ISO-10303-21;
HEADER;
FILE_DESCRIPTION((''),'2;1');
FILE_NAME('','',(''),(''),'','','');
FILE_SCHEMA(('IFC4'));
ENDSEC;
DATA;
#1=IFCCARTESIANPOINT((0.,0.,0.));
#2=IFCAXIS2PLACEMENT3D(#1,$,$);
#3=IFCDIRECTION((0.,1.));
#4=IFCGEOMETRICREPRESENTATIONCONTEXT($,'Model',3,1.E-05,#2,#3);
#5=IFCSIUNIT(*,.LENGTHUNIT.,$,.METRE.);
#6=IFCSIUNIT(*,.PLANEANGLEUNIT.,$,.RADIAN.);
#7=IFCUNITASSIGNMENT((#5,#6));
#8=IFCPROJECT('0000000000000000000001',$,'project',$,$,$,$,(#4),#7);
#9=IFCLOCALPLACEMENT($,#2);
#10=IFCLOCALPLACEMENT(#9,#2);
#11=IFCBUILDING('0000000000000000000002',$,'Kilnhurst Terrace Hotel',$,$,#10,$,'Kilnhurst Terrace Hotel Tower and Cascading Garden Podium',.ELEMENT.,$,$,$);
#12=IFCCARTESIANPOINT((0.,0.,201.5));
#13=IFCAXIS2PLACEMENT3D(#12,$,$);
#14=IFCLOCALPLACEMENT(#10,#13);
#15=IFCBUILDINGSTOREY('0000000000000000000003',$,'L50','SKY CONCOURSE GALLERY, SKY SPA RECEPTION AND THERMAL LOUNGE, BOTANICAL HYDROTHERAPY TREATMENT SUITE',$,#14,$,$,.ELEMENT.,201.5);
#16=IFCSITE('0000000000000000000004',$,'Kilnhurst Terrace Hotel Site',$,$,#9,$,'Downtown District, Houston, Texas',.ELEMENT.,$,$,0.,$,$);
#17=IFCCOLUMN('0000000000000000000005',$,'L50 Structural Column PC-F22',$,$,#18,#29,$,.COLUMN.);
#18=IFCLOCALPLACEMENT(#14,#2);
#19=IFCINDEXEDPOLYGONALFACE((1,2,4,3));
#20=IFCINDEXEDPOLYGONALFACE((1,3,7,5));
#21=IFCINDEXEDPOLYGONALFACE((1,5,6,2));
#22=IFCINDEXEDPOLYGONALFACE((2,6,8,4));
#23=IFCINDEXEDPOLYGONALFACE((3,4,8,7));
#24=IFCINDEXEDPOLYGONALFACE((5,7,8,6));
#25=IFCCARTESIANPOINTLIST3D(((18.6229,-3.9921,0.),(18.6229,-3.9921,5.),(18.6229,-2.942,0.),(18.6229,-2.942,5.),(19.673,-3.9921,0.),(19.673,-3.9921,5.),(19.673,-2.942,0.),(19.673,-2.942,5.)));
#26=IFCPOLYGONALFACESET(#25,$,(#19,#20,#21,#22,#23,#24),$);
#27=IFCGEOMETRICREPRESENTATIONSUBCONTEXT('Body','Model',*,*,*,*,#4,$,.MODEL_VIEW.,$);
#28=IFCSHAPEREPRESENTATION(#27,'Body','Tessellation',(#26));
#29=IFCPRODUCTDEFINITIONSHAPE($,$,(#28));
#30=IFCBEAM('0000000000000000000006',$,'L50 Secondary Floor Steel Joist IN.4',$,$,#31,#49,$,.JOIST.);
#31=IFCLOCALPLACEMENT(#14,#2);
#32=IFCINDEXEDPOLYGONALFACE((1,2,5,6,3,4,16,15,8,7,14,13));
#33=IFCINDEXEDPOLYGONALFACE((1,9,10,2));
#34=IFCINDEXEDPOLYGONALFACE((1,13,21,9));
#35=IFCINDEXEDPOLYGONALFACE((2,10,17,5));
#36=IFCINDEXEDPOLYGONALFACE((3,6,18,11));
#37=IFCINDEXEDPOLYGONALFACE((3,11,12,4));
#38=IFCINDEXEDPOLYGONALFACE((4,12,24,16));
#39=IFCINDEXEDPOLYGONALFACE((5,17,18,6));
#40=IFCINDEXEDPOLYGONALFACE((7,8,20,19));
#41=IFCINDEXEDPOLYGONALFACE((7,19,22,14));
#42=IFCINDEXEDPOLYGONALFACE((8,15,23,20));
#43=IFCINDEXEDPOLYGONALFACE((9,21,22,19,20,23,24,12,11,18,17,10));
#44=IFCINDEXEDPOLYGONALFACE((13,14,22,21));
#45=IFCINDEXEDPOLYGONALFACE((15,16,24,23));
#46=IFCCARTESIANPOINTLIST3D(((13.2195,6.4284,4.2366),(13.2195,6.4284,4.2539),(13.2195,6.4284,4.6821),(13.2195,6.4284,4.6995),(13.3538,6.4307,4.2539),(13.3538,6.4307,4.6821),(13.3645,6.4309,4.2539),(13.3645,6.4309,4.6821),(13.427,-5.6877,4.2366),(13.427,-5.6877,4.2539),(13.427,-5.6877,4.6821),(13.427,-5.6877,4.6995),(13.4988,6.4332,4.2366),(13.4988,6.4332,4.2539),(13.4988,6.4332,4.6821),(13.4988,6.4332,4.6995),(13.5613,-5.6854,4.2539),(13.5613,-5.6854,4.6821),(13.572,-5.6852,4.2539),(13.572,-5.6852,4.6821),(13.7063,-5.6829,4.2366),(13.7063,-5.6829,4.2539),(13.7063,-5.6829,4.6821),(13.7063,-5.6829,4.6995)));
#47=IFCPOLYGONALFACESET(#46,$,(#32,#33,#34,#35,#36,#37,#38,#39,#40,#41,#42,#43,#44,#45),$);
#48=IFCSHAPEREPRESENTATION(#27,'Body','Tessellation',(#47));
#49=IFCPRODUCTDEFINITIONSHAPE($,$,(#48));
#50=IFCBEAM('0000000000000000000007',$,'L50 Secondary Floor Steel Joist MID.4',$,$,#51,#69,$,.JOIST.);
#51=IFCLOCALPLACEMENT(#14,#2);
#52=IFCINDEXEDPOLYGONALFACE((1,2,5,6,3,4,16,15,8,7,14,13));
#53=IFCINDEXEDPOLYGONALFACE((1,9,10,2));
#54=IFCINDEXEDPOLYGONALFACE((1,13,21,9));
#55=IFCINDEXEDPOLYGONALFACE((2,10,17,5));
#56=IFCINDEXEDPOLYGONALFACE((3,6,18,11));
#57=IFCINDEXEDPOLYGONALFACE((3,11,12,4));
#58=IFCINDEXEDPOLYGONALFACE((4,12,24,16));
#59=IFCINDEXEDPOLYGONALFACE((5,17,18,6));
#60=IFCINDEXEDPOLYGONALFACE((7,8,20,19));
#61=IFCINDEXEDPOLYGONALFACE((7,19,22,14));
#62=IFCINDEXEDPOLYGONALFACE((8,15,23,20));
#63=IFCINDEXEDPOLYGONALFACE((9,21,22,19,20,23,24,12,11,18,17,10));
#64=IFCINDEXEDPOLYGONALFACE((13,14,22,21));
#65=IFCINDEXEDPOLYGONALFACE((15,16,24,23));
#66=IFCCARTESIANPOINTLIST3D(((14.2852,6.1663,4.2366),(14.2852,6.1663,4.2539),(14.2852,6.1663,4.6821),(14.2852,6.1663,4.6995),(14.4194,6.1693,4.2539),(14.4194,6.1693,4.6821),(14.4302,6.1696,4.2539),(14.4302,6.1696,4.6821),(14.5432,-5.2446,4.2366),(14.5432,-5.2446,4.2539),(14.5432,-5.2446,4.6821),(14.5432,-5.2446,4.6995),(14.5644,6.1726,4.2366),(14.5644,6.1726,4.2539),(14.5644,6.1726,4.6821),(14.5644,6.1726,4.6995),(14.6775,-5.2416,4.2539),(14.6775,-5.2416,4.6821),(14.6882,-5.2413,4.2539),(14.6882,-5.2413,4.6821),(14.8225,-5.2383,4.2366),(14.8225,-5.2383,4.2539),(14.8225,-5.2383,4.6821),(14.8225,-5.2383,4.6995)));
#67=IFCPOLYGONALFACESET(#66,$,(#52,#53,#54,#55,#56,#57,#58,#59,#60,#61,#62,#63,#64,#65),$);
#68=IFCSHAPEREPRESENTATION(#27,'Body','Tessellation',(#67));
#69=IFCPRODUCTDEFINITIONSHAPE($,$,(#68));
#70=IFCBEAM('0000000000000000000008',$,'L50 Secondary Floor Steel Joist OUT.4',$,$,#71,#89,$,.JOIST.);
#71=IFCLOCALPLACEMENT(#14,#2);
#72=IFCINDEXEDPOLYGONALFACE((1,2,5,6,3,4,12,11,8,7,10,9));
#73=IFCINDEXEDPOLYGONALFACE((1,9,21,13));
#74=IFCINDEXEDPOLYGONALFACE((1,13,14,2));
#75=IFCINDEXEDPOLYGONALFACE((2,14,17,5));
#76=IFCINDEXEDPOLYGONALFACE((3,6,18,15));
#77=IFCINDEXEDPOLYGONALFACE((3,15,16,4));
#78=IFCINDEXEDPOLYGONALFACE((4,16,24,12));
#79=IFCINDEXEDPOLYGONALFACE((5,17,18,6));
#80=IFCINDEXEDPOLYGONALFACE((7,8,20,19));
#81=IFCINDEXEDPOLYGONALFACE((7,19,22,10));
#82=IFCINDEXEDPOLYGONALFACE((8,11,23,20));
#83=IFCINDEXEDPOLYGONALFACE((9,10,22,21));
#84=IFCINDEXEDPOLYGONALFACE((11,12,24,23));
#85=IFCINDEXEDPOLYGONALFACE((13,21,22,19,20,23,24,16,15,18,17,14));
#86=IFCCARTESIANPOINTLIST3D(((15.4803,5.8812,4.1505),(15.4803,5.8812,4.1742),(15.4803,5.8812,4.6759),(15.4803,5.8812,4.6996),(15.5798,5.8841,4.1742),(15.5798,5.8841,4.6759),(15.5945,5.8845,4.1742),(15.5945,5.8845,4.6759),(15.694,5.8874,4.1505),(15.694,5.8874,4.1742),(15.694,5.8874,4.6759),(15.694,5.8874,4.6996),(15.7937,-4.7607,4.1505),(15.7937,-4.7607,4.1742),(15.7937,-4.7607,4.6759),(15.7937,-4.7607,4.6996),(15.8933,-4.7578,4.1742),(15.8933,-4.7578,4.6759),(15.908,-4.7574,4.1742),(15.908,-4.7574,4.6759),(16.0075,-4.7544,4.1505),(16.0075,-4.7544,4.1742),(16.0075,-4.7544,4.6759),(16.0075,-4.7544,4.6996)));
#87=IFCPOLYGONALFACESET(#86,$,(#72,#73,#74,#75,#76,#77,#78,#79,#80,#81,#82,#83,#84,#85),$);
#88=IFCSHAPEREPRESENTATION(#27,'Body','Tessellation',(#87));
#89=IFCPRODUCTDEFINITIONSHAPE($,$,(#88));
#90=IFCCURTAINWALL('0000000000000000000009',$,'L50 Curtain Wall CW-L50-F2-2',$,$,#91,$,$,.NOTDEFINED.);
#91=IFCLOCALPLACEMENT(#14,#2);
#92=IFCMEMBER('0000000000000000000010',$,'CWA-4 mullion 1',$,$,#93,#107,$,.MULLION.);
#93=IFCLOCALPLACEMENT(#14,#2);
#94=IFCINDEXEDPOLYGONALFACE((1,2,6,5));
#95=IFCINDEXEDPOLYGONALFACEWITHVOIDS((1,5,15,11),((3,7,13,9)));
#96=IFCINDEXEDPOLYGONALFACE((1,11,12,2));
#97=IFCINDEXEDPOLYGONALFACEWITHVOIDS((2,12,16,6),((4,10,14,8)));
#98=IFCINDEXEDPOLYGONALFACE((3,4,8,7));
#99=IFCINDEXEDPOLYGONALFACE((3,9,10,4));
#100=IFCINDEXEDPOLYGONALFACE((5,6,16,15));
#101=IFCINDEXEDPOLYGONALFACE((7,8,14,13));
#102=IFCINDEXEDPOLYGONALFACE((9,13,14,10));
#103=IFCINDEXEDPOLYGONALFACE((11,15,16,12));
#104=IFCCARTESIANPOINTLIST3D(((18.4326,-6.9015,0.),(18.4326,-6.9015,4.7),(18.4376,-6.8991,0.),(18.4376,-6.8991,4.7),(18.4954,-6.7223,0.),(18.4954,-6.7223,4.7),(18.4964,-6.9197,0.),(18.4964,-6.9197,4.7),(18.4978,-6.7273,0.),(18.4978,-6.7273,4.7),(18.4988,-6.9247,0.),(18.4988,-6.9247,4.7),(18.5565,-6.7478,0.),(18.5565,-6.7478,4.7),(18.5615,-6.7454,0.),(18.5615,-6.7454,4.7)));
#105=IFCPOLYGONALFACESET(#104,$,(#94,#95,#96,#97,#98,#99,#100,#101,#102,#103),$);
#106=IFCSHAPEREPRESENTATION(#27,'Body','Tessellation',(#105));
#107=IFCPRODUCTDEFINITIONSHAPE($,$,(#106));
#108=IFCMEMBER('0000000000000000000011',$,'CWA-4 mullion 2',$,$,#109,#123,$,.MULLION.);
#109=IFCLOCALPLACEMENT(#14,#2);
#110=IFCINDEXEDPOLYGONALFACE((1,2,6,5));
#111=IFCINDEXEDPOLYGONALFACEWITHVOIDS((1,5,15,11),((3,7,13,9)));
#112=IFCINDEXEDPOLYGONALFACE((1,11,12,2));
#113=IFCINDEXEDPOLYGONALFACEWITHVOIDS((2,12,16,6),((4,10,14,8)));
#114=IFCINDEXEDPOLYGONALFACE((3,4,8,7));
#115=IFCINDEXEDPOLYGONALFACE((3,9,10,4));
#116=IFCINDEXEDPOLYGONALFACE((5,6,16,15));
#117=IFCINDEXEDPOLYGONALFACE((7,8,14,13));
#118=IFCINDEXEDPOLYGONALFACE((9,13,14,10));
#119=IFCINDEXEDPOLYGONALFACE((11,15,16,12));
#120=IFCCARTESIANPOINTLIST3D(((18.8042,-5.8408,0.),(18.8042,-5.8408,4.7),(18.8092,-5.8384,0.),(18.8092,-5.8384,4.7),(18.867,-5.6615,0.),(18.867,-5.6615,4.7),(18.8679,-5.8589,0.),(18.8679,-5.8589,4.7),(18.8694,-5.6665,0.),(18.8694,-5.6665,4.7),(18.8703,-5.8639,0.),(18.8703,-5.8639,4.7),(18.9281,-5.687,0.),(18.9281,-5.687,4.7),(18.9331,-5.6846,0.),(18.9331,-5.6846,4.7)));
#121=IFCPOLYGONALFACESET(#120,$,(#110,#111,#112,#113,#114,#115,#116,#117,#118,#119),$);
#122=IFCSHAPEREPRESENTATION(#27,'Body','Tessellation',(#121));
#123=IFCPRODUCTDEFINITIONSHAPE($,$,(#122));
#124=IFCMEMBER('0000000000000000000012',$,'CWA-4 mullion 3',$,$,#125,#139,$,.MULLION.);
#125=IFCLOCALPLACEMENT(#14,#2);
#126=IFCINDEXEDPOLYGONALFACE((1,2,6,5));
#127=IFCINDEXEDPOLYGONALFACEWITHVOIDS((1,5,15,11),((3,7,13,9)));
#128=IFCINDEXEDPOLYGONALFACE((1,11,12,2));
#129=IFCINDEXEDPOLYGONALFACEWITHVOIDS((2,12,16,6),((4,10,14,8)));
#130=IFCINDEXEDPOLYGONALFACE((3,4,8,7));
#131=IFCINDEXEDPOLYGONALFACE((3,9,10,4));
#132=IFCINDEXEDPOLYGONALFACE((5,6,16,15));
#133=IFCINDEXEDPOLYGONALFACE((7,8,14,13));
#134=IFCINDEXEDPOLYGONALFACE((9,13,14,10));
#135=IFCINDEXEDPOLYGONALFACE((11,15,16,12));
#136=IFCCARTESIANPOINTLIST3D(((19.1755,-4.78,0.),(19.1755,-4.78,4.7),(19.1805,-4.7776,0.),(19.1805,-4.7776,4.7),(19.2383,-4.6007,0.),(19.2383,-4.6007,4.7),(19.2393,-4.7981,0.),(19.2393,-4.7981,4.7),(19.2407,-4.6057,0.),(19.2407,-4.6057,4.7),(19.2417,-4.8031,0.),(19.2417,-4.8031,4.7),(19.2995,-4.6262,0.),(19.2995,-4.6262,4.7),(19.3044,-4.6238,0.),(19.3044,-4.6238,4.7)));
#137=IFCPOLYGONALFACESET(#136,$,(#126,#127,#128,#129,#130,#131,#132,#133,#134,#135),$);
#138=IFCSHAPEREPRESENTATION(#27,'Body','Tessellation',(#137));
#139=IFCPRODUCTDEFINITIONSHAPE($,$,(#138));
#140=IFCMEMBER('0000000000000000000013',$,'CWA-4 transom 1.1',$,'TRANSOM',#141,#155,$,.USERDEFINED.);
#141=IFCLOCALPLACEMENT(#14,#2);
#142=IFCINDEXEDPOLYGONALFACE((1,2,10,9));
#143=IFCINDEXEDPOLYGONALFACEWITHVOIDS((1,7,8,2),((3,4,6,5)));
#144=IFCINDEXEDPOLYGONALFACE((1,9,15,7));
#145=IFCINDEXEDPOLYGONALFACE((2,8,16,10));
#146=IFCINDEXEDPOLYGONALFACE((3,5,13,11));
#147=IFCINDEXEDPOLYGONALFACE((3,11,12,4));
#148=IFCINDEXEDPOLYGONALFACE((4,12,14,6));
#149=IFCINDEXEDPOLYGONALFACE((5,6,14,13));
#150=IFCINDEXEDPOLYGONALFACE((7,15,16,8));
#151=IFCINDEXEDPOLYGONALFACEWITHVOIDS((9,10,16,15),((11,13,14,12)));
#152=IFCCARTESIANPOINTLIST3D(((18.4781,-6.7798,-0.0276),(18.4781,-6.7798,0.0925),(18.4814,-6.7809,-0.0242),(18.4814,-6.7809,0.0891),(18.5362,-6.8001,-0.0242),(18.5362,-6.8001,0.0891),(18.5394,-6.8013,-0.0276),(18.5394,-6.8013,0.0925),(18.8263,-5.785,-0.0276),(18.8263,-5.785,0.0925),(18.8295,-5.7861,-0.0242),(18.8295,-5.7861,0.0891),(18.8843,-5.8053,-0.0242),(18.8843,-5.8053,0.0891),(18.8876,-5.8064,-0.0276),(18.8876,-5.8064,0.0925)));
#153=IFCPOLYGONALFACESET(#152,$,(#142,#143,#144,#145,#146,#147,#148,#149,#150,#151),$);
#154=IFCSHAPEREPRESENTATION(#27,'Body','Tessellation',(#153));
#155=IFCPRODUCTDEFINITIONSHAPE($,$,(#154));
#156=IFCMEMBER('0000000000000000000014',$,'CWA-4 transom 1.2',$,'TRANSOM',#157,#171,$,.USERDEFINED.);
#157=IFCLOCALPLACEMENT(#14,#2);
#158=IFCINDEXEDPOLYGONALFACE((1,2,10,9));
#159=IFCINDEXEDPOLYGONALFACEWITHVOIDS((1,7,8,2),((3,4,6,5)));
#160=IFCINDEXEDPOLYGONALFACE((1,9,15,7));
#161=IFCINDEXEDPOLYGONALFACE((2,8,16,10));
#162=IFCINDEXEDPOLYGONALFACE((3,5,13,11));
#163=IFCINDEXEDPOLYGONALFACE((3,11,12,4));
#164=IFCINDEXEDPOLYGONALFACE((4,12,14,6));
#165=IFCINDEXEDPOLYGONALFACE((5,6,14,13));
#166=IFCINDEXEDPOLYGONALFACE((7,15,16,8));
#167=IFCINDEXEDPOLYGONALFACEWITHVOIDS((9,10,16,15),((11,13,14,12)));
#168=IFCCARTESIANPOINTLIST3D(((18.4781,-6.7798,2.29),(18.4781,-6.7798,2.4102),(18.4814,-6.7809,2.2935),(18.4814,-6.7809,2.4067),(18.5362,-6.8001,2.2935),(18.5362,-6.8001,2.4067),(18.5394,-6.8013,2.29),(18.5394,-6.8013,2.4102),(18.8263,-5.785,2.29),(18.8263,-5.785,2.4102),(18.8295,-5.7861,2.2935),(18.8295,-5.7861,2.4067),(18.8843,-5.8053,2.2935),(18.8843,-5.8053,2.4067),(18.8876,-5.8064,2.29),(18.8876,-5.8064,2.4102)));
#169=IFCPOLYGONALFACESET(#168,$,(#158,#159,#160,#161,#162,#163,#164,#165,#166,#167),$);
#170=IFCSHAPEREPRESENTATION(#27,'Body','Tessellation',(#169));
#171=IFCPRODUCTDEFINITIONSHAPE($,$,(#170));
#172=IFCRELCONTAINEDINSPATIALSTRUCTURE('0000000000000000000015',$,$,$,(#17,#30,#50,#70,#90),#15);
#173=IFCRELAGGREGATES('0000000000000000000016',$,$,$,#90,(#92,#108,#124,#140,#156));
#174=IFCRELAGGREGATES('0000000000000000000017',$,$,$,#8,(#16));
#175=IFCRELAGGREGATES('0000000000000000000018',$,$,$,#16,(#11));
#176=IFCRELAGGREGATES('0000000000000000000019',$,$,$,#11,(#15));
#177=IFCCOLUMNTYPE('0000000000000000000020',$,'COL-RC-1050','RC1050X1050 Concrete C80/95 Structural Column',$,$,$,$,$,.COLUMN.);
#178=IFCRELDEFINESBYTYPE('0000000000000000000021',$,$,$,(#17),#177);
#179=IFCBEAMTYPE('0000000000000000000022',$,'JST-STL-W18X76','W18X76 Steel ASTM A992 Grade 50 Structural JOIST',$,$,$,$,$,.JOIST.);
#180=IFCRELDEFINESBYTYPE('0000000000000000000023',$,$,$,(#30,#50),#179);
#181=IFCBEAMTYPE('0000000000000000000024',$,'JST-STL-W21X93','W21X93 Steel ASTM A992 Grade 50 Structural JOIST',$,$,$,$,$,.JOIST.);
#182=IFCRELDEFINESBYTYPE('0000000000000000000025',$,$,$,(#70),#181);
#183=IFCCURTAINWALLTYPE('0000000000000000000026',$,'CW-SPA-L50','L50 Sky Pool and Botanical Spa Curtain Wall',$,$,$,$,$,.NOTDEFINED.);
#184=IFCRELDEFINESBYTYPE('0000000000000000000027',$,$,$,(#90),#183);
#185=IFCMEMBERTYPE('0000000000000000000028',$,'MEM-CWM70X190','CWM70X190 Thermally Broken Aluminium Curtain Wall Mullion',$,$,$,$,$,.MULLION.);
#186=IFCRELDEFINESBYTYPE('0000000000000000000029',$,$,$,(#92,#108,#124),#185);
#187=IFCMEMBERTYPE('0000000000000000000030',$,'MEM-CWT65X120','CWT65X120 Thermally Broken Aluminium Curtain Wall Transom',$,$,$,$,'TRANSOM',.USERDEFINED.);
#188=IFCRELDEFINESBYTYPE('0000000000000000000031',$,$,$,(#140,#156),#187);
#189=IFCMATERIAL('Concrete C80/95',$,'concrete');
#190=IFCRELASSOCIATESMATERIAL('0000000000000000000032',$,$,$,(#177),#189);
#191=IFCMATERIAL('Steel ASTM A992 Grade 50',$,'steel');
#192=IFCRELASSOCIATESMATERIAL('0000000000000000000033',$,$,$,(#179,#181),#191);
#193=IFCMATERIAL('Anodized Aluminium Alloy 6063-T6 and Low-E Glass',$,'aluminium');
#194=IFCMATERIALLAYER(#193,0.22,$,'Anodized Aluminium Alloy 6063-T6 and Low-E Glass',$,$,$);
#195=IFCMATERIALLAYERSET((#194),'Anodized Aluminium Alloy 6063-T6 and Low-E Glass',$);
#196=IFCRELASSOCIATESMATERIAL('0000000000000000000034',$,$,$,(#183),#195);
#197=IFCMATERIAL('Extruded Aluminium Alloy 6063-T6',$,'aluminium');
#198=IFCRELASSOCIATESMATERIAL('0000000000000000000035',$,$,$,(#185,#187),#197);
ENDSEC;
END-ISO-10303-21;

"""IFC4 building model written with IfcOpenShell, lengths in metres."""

from ifc_helpers import new_model, si_unit, direction, frame, origin, origin_2d, place, context, subcontext, project, spatial, rectangle, hollow_rectangle, i_section, extrude, material, layer, layer_set, material_profile, profile_set, type_object, element, aggregate, save


model = new_model("IFC4")

# Units and contexts
model_context = context("Model", 3, precision=1e-05, world=origin(), true_north=direction((0.0, 1.0)))
body_context = subcontext(model_context, "Body", "Model", "MODEL_VIEW")
ifc_project = project(units=[si_unit("LENGTHUNIT", "METRE"), si_unit("PLANEANGLEUNIT", "RADIAN")], contexts=[model_context])

# Site, building, storey
site_placement = place(None, origin())
site = spatial("IfcSite", under=ifc_project, at=site_placement, Name="Kilnhurst Terrace Hotel Site", LongName="Downtown District, Houston, Texas", CompositionType="ELEMENT", RefElevation=0.0)
building_placement = place(site_placement, origin())
building = spatial("IfcBuilding", under=site, at=building_placement, Name="Kilnhurst Terrace Hotel", LongName="Kilnhurst Terrace Hotel Tower and Cascading Garden Podium", CompositionType="ELEMENT")
storey_placement = place(building_placement, frame((0.0, 0.0, 201.5)))
storey = spatial("IfcBuildingStorey", under=building, at=storey_placement, Name="L50", Description="SKY CONCOURSE GALLERY, SKY SPA RECEPTION AND THERMAL LOUNGE, BOTANICAL HYDROTHERAPY TREATMENT SUITE", CompositionType="ELEMENT", Elevation=201.5)

# Column
ifc_material_1 = material(Name="Concrete C80/95", Category="concrete")
ifc_material_profile_1 = material_profile(ifc_material_1, rectangle(XDim=1.05, YDim=1.05, at=origin_2d()), Name="RC1050X1050")
ifc_profile_set_1 = profile_set([ifc_material_profile_1], Name="Concrete C80/95")
column_type = type_object("IfcColumnType", Name="COL-RC-1050", Description="RC1050X1050 Concrete C80/95 Structural Column", PredefinedType="COLUMN", material=ifc_profile_set_1)
column_placement = place(storey_placement, frame((19.1479, -3.467, 0.0), z_axis=(0.0, 0.0, 1.0), x_axis=(1.0, 0.0, 0.0)))
element("IfcColumn", 1, at=column_placement, inside=storey, type_object=column_type, Name="L50 Structural Column PC-F22", PredefinedType="COLUMN", context=body_context, shape_type="SweptSolid", body=[
    extrude(rectangle(XDim=1.05, YDim=1.05, at=origin_2d()), origin(), (0.0, 0.0, 1.0), 5.0),
])

# Beams
ifc_material_2 = material(Name="Steel ASTM A992 Grade 50", Category="steel")
ifc_material_profile_2 = material_profile(ifc_material_2, i_section(OverallWidth=0.2793, OverallDepth=0.4629, WebThickness=0.0107, FlangeThickness=0.0173, at=origin_2d()), Name="W18X76")
ifc_profile_set_2 = profile_set([ifc_material_profile_2], Name="Steel ASTM A992 Grade 50")
beam_type_1 = type_object("IfcBeamType", Name="JST-STL-W18X76", Description="W18X76 Steel ASTM A992 Grade 50 Structural JOIST", PredefinedType="JOIST", material=ifc_profile_set_2)
beam_1_placement = place(storey_placement, frame((13.5667, -5.6853, 4.468), z_axis=(-0.017125, 0.999853, 0.0), x_axis=(-0.999853, -0.017125, 0.0)))
element("IfcBeam", 2, at=beam_1_placement, inside=storey, type_object=beam_type_1, Name="L50 Secondary Floor Steel Joist IN.4", PredefinedType="JOIST", context=body_context, shape_type="SweptSolid", body=[
    extrude(i_section(OverallWidth=0.2793, OverallDepth=0.4629, WebThickness=0.0107, FlangeThickness=0.0173, at=origin_2d()), origin(), (0.0, 0.0, 1.0), 12.1179),
])
beam_2_placement = place(storey_placement, frame((14.6829, -5.2415, 4.468), z_axis=(-0.022609, 0.999744, 0.0), x_axis=(-0.999744, -0.022609, 0.0)))
element("IfcBeam", 3, at=beam_2_placement, inside=storey, type_object=beam_type_1, Name="L50 Secondary Floor Steel Joist MID.4", PredefinedType="JOIST", context=body_context, shape_type="SweptSolid", body=[
    extrude(i_section(OverallWidth=0.2793, OverallDepth=0.4629, WebThickness=0.0107, FlangeThickness=0.0173, at=origin_2d()), origin(), (0.0, 0.0, 1.0), 11.4138),
])
ifc_material_profile_3 = material_profile(ifc_material_2, i_section(OverallWidth=0.2139, OverallDepth=0.5491, WebThickness=0.0146, FlangeThickness=0.0237, at=origin_2d()), Name="W21X93")
ifc_profile_set_3 = profile_set([ifc_material_profile_3], Name="Steel ASTM A992 Grade 50")
beam_type_2 = type_object("IfcBeamType", Name="JST-STL-W21X93", Description="W21X93 Steel ASTM A992 Grade 50 Structural JOIST", PredefinedType="JOIST", material=ifc_profile_set_3)
beam_3_placement = place(storey_placement, frame((15.9006, -4.7576, 4.425), z_axis=(-0.029444, 0.999566, 0.0), x_axis=(-0.999566, -0.029444, 0.0)))
element("IfcBeam", 4, at=beam_3_placement, inside=storey, type_object=beam_type_2, Name="L50 Secondary Floor Steel Joist OUT.4", PredefinedType="JOIST", context=body_context, shape_type="SweptSolid", body=[
    extrude(i_section(OverallWidth=0.2139, OverallDepth=0.5491, WebThickness=0.0146, FlangeThickness=0.0237, at=origin_2d()), origin(), (0.0, 0.0, 1.0), 10.6465),
])

# Curtain wall, members
ifc_material_3 = material(Name="Anodized Aluminium Alloy 6063-T6 and Low-E Glass", Category="aluminium")
ifc_layer_1 = layer(ifc_material_3, 0.22, Name="Anodized Aluminium Alloy 6063-T6 and Low-E Glass")
ifc_layer_set_1 = layer_set([ifc_layer_1], Name="Anodized Aluminium Alloy 6063-T6 and Low-E Glass")
curtain_wall_type = type_object("IfcCurtainWallType", Name="CW-SPA-L50", Description="L50 Sky Pool and Botanical Spa Curtain Wall", PredefinedType="NOTDEFINED", material=ifc_layer_set_1)
curtain_wall_placement = place(storey_placement, origin())
curtain_wall = element("IfcCurtainWall", 5, at=curtain_wall_placement, inside=storey, type_object=curtain_wall_type, Name="L50 Curtain Wall CW-L50-F2-2", PredefinedType="NOTDEFINED")
ifc_material_4 = material(Name="Extruded Aluminium Alloy 6063-T6", Category="aluminium")
ifc_material_profile_4 = material_profile(ifc_material_4, hollow_rectangle(XDim=0.0701, YDim=0.1899, WallThickness=0.0039, at=origin_2d()), Name="CWM70X190")
ifc_profile_set_4 = profile_set([ifc_material_profile_4], Name="Extruded Aluminium Alloy 6063-T6")
member_type_1 = type_object("IfcMemberType", Name="MEM-CWM70X190", Description="CWM70X190 Thermally Broken Aluminium Curtain Wall Mullion", PredefinedType="MULLION", material=ifc_profile_set_4)
member_1_placement = place(storey_placement, frame((18.4971, -6.8235, 0.0), z_axis=(0.0, 0.0, 1.0), x_axis=(-0.943822, 0.330454, 0.0)))
member_1 = element("IfcMember", 6, at=member_1_placement, type_object=member_type_1, Name="CWA-4 mullion 1", PredefinedType="MULLION", context=body_context, shape_type="SweptSolid", body=[
    extrude(hollow_rectangle(XDim=0.0701, YDim=0.1899, WallThickness=0.0039, at=origin_2d()), origin(), (0.0, 0.0, 1.0), 4.7),
])
member_2_placement = place(storey_placement, frame((18.8687, -5.7627, 0.0), z_axis=(0.0, 0.0, 1.0), x_axis=(-0.943822, 0.330454, 0.0)))
member_2 = element("IfcMember", 7, at=member_2_placement, type_object=member_type_1, Name="CWA-4 mullion 2", PredefinedType="MULLION", context=body_context, shape_type="SweptSolid", body=[
    extrude(hollow_rectangle(XDim=0.0701, YDim=0.1899, WallThickness=0.0039, at=origin_2d()), origin(), (0.0, 0.0, 1.0), 4.7),
])
member_3_placement = place(storey_placement, frame((19.24, -4.7019, 0.0), z_axis=(0.0, 0.0, 1.0), x_axis=(-0.943822, 0.330454, 0.0)))
member_3 = element("IfcMember", 8, at=member_3_placement, type_object=member_type_1, Name="CWA-4 mullion 3", PredefinedType="MULLION", context=body_context, shape_type="SweptSolid", body=[
    extrude(hollow_rectangle(XDim=0.0701, YDim=0.1899, WallThickness=0.0039, at=origin_2d()), origin(), (0.0, 0.0, 1.0), 4.7),
])
ifc_material_profile_5 = material_profile(ifc_material_4, hollow_rectangle(XDim=0.0649, YDim=0.1201, WallThickness=0.0034, at=origin_2d()), Name="CWT65X120")
ifc_profile_set_5 = profile_set([ifc_material_profile_5], Name="Extruded Aluminium Alloy 6063-T6")
member_type_2 = type_object("IfcMemberType", Name="MEM-CWT65X120", Description="CWT65X120 Thermally Broken Aluminium Curtain Wall Transom", ElementType="TRANSOM", PredefinedType="USERDEFINED", material=ifc_profile_set_5)
member_4_placement = place(storey_placement, frame((18.5088, -6.7905, 0.0325), z_axis=(0.330299, 0.943876, 0.0), x_axis=(-0.943876, 0.330299, 0.0)))
member_4 = element("IfcMember", 9, at=member_4_placement, type_object=member_type_2, Name="CWA-4 transom 1.1", ObjectType="TRANSOM", PredefinedType="USERDEFINED", context=body_context, shape_type="SweptSolid", body=[
    extrude(hollow_rectangle(XDim=0.0649, YDim=0.1201, WallThickness=0.0034, at=origin_2d()), origin(), (0.0, 0.0, 1.0), 1.054),
])
member_5_placement = place(storey_placement, frame((18.5088, -6.7905, 2.3501), z_axis=(0.330299, 0.943876, 0.0), x_axis=(-0.943876, 0.330299, 0.0)))
member_5 = element("IfcMember", 10, at=member_5_placement, type_object=member_type_2, Name="CWA-4 transom 1.2", ObjectType="TRANSOM", PredefinedType="USERDEFINED", context=body_context, shape_type="SweptSolid", body=[
    extrude(hollow_rectangle(XDim=0.0649, YDim=0.1201, WallThickness=0.0034, at=origin_2d()), origin(), (0.0, 0.0, 1.0), 1.054),
])

aggregate(curtain_wall, [member_1, member_2, member_3, member_4, member_5])

save(model, "model.ifc")
